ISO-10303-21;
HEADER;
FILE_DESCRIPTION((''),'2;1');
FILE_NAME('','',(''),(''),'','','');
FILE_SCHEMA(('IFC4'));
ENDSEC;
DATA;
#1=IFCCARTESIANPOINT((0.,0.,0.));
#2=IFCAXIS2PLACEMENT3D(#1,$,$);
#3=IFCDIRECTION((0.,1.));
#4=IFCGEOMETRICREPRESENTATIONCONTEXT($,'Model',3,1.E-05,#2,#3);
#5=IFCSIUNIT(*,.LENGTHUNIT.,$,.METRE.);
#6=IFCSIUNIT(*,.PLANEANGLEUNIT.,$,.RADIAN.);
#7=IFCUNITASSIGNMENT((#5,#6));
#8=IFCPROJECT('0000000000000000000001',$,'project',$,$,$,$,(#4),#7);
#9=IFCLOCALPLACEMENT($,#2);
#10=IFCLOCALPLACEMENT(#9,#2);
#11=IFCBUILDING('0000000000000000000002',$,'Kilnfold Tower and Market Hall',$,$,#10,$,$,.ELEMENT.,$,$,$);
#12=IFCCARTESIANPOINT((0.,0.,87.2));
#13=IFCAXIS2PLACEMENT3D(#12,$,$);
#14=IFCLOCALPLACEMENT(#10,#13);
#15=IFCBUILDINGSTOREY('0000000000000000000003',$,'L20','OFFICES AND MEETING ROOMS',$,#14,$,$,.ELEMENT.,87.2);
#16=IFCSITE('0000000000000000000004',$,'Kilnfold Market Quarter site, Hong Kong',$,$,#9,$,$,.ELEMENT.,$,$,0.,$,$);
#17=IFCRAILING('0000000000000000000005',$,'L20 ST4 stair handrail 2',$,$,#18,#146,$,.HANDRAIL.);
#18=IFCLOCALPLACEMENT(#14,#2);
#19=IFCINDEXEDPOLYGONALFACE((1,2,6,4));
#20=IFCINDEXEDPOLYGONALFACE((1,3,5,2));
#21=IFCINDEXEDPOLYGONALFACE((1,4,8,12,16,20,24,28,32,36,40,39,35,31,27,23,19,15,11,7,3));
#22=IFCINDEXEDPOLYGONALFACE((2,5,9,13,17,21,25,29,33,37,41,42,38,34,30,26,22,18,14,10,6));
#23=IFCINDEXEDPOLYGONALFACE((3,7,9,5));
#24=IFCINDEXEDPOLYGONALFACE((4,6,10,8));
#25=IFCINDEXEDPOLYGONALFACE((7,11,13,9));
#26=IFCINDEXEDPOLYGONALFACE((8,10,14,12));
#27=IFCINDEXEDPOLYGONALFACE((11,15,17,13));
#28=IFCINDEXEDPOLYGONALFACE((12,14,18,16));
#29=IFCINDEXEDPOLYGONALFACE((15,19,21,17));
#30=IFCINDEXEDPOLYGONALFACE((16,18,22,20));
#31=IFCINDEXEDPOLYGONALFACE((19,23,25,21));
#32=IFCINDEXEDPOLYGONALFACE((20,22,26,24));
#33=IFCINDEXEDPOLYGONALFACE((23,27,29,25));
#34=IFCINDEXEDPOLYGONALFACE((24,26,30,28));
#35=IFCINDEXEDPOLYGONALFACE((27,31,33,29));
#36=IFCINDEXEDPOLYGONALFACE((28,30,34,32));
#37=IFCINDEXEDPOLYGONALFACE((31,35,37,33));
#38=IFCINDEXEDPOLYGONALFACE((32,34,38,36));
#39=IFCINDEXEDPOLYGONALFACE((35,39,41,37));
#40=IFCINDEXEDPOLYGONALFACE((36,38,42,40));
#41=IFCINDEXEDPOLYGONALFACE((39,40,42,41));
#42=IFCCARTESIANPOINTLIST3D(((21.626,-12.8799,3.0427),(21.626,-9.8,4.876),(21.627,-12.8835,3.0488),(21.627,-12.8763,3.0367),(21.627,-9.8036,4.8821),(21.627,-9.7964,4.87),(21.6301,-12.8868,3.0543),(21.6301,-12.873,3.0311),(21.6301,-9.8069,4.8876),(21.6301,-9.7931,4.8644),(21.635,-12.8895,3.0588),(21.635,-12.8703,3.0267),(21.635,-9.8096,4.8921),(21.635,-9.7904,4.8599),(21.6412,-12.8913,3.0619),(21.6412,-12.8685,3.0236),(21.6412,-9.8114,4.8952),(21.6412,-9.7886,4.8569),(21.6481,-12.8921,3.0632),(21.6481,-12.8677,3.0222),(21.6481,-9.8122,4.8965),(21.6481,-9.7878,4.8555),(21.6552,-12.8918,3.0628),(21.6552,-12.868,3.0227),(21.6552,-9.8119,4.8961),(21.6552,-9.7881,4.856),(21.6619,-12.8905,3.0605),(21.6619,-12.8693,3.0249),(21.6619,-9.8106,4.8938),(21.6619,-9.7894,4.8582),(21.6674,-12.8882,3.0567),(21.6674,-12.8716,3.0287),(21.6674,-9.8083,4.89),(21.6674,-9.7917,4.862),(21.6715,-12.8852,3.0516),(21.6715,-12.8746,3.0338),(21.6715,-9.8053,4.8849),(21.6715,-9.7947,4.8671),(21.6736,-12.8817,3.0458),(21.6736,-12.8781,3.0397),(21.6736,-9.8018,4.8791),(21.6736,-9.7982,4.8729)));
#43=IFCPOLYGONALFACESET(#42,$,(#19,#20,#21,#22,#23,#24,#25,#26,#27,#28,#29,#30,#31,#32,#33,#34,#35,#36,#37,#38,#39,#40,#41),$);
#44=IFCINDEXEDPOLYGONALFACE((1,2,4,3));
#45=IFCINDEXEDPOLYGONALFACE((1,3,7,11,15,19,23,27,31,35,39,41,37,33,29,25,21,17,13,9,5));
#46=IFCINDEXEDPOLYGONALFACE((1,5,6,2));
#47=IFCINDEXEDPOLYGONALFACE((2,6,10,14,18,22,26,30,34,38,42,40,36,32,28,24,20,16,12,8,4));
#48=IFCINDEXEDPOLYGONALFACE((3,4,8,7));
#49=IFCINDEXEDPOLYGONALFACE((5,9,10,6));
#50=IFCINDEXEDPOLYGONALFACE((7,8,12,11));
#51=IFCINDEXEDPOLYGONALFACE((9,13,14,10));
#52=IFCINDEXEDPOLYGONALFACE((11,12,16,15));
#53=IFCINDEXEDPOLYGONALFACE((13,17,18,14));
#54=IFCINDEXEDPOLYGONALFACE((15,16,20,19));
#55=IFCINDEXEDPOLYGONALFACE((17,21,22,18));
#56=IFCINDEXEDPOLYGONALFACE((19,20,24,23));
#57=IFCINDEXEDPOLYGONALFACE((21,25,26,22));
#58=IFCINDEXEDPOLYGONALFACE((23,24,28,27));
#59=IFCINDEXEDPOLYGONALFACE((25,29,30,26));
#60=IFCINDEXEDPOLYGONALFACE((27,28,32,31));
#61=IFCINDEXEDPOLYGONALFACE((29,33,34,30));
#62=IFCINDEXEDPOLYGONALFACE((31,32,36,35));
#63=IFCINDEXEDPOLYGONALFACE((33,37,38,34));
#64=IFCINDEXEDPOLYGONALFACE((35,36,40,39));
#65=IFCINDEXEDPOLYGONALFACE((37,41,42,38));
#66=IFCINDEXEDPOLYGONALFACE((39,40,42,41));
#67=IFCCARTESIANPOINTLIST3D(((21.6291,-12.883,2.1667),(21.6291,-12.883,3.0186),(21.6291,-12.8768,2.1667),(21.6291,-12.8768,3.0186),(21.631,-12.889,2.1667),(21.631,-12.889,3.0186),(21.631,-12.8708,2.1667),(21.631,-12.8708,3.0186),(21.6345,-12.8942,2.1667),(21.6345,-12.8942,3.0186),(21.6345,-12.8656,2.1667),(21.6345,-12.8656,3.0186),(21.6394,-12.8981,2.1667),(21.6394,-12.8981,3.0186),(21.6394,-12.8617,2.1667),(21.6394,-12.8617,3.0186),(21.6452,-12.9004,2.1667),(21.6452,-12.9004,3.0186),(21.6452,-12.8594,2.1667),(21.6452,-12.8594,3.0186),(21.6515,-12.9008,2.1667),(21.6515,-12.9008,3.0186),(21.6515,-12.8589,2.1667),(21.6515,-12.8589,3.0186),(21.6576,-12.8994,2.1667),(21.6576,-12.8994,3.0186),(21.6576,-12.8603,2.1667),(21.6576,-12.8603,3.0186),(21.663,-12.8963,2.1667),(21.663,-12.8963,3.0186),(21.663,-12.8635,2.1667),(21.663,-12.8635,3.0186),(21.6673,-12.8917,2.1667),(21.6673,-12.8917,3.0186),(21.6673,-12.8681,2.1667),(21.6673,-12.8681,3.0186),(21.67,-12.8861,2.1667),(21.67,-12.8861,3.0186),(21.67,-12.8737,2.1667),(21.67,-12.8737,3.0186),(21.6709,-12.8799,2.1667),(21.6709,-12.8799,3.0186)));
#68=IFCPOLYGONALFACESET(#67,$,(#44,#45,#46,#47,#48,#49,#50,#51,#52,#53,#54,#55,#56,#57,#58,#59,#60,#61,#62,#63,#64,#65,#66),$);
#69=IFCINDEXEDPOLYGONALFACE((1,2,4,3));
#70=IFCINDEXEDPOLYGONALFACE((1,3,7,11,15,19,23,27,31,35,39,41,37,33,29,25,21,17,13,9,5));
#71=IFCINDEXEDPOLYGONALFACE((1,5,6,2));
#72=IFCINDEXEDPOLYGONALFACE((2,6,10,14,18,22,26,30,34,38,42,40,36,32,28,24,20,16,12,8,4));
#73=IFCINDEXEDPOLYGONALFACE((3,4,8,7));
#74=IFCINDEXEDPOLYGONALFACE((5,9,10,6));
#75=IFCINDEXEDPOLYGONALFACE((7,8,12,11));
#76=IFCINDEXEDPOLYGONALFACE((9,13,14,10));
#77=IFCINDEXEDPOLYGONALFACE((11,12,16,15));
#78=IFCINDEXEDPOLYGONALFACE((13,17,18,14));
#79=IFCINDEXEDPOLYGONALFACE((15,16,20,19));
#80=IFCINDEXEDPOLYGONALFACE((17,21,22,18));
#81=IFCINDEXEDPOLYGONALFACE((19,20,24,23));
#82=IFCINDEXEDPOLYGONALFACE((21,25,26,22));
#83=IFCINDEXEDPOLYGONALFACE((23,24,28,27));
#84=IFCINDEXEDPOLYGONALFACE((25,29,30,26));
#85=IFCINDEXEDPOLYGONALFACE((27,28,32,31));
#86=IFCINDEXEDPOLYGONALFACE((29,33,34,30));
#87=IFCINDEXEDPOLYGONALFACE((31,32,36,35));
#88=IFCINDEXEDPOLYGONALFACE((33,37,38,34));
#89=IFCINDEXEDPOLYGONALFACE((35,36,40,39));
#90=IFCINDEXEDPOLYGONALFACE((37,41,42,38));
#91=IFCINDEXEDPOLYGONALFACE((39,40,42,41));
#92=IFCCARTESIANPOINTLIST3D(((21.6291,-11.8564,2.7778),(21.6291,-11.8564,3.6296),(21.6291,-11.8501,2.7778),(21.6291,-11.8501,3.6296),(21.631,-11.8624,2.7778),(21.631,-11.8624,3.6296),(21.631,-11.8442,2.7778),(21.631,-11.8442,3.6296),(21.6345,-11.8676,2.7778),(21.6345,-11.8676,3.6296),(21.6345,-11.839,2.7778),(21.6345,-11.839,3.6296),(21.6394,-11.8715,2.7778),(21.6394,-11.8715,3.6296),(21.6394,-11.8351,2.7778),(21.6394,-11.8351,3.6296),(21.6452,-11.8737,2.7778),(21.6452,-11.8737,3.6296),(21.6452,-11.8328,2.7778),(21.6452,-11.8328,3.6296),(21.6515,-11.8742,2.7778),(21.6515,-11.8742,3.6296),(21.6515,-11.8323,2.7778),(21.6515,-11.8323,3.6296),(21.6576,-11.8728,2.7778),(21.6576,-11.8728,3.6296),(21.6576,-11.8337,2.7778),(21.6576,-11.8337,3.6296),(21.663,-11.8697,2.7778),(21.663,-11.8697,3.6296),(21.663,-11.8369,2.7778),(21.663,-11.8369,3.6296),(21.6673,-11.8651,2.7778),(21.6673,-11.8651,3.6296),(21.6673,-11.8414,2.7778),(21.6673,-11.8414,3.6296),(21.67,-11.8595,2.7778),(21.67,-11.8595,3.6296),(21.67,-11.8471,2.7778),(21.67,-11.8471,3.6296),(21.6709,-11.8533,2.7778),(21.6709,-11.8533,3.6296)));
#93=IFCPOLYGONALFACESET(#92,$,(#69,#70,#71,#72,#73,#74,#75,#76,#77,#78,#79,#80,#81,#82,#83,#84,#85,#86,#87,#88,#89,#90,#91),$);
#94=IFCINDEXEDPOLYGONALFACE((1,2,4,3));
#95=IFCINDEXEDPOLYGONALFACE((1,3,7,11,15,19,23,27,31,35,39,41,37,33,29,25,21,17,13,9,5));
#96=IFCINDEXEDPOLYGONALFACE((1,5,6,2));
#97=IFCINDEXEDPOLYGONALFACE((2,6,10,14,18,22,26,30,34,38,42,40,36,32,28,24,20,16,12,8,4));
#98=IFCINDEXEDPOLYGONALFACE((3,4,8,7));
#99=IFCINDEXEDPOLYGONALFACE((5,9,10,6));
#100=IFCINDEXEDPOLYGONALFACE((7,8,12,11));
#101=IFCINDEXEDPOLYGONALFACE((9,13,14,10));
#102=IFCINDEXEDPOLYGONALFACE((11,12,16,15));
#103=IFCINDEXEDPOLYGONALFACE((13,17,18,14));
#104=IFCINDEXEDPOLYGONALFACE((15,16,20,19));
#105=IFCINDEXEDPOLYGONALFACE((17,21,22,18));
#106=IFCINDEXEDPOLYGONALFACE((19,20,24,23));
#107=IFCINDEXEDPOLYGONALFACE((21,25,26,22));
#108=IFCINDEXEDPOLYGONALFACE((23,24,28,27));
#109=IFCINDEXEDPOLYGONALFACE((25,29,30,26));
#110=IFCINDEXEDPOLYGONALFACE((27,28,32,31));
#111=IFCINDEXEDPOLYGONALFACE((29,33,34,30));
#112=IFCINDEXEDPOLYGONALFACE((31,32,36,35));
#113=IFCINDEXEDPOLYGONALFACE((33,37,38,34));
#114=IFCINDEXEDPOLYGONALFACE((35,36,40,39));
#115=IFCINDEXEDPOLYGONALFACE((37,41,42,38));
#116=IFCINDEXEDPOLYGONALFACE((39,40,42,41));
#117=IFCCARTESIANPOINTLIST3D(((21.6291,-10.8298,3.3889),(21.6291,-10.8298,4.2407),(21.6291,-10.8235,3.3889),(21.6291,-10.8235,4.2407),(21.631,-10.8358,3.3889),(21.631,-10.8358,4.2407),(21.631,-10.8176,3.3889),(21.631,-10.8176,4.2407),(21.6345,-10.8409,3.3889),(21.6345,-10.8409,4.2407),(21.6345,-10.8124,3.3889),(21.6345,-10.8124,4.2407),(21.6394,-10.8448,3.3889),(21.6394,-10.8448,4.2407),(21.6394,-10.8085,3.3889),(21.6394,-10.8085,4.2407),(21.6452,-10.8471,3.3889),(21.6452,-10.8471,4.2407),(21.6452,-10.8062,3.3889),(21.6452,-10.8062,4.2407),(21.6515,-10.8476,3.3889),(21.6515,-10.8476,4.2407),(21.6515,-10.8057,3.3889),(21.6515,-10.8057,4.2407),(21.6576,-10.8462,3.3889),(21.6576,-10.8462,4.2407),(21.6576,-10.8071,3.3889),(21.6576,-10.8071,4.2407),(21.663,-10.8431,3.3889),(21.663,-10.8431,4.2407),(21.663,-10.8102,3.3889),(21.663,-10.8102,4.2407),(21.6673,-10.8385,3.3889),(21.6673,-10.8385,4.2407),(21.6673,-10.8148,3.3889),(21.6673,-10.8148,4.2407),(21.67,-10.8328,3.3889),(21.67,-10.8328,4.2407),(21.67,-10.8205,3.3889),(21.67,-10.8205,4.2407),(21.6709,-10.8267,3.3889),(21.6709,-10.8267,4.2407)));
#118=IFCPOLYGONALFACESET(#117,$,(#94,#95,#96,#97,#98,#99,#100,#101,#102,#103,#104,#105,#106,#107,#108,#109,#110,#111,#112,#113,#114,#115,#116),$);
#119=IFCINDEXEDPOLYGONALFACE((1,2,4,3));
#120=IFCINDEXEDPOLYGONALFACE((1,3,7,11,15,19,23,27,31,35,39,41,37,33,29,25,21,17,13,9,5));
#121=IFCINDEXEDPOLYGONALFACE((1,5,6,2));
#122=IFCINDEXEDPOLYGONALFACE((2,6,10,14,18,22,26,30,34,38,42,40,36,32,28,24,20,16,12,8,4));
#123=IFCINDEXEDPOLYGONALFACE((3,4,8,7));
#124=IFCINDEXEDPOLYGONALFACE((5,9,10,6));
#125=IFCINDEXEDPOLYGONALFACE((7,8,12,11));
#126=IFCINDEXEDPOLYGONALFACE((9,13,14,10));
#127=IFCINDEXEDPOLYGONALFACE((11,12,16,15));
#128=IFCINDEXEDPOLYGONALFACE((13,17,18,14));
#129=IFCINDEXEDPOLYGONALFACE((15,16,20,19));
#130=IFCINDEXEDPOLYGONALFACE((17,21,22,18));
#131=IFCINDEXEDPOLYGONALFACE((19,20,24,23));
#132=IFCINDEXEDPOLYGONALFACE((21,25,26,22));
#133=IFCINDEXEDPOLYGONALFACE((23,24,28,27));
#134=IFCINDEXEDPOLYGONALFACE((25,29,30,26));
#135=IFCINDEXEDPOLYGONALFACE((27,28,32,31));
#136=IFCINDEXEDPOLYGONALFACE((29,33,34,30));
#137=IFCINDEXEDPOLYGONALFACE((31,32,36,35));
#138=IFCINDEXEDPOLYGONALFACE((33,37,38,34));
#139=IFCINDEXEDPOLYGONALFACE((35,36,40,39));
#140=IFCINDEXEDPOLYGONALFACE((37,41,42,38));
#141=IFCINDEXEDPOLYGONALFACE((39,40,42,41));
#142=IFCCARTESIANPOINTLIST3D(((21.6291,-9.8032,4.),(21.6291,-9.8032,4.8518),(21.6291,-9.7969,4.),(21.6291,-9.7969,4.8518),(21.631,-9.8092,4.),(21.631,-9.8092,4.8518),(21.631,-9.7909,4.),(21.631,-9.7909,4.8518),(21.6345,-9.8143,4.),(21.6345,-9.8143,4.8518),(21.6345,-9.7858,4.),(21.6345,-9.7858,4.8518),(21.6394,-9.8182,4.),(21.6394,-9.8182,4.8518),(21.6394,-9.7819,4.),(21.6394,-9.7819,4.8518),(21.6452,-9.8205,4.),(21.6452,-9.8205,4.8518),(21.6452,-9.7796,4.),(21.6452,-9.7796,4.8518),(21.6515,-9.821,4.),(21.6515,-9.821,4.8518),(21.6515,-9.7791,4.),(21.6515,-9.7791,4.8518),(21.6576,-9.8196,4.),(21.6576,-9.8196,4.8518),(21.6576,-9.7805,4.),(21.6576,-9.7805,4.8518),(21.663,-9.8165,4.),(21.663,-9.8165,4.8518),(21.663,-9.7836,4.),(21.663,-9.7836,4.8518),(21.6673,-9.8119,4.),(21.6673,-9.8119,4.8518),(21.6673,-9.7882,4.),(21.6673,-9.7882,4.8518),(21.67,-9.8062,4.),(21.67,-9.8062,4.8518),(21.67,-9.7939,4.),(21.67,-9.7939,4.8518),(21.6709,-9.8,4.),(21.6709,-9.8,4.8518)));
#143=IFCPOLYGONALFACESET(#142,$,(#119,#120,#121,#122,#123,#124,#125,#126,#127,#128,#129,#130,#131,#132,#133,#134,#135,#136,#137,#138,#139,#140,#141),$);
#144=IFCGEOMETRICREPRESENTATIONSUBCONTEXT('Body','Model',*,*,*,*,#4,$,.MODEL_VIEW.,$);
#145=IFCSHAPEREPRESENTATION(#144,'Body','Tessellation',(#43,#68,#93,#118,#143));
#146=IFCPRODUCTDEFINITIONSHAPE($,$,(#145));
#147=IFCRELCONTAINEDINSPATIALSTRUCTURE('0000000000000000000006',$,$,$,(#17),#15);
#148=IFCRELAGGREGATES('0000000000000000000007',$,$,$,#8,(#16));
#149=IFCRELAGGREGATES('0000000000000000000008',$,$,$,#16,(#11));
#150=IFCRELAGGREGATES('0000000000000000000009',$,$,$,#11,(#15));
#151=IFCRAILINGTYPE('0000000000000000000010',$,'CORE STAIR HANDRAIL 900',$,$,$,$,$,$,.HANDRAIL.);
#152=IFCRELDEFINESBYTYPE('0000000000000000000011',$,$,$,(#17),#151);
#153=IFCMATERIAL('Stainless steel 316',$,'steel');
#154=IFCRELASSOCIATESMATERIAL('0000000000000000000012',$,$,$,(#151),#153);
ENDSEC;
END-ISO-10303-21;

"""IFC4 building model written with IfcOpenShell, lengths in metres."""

from ifc_helpers import new_model, si_unit, direction, frame, origin, origin_2d, place, context, subcontext, project, spatial, circle, extrude, material, type_object, element, save


model = new_model("IFC4")

# Units and contexts
model_context = context("Model", 3, precision=1e-05, world=origin(), true_north=direction((0.0, 1.0)))
body_context = subcontext(model_context, "Body", "Model", "MODEL_VIEW")
ifc_project = project(units=[si_unit("LENGTHUNIT", "METRE"), si_unit("PLANEANGLEUNIT", "RADIAN")], contexts=[model_context])

# Site, building, storey
site_placement = place(None, origin())
site = spatial("IfcSite", under=ifc_project, at=site_placement, Name="Kilnfold Market Quarter site, Hong Kong", CompositionType="ELEMENT", RefElevation=0.0)
building_placement = place(site_placement, origin())
building = spatial("IfcBuilding", under=site, at=building_placement, Name="Kilnfold Tower and Market Hall", CompositionType="ELEMENT")
storey_placement = place(building_placement, frame((0.0, 0.0, 87.2)))
storey = spatial("IfcBuildingStorey", under=building, at=storey_placement, Name="L20", Description="OFFICES AND MEETING ROOMS", CompositionType="ELEMENT", Elevation=87.2)

# Railing
ifc_material_1 = material(Name="Stainless steel 316", Category="steel")
railing_type_1 = type_object("IfcRailingType", Name="CORE STAIR HANDRAIL 900", PredefinedType="HANDRAIL", material=ifc_material_1)
railing_1_placement = place(storey_placement, frame((21.6499, -12.8799, 2.1667)))
element("IfcRailing", 1, at=railing_1_placement, inside=storey, type_object=railing_type_1, Name="L20 ST4 stair handrail 2", PredefinedType="HANDRAIL", context=body_context, shape_type="SweptSolid", body=[
    extrude(circle(Radius=0.0239, at=origin_2d()), frame((0.0, 0.0, 0.876), z_axis=(0.0, 0.859291, 0.511487), x_axis=(-1.0, 0.0, 0.0)), (0.0, 0.0, 1.0), 3.5842),
    extrude(circle(Radius=0.021, at=origin_2d()), origin(), (0.0, 0.0, 1.0), 0.8518),
    extrude(circle(Radius=0.021, at=origin_2d()), frame((0.0, 1.0266, 0.6111)), (0.0, 0.0, 1.0), 0.8518),
    extrude(circle(Radius=0.021, at=origin_2d()), frame((0.0, 2.0532, 1.2222)), (0.0, 0.0, 1.0), 0.8518),
    extrude(circle(Radius=0.021, at=origin_2d()), frame((0.0, 3.0798, 1.8333)), (0.0, 0.0, 1.0), 0.8518),
])

save(model, "model.ifc")
